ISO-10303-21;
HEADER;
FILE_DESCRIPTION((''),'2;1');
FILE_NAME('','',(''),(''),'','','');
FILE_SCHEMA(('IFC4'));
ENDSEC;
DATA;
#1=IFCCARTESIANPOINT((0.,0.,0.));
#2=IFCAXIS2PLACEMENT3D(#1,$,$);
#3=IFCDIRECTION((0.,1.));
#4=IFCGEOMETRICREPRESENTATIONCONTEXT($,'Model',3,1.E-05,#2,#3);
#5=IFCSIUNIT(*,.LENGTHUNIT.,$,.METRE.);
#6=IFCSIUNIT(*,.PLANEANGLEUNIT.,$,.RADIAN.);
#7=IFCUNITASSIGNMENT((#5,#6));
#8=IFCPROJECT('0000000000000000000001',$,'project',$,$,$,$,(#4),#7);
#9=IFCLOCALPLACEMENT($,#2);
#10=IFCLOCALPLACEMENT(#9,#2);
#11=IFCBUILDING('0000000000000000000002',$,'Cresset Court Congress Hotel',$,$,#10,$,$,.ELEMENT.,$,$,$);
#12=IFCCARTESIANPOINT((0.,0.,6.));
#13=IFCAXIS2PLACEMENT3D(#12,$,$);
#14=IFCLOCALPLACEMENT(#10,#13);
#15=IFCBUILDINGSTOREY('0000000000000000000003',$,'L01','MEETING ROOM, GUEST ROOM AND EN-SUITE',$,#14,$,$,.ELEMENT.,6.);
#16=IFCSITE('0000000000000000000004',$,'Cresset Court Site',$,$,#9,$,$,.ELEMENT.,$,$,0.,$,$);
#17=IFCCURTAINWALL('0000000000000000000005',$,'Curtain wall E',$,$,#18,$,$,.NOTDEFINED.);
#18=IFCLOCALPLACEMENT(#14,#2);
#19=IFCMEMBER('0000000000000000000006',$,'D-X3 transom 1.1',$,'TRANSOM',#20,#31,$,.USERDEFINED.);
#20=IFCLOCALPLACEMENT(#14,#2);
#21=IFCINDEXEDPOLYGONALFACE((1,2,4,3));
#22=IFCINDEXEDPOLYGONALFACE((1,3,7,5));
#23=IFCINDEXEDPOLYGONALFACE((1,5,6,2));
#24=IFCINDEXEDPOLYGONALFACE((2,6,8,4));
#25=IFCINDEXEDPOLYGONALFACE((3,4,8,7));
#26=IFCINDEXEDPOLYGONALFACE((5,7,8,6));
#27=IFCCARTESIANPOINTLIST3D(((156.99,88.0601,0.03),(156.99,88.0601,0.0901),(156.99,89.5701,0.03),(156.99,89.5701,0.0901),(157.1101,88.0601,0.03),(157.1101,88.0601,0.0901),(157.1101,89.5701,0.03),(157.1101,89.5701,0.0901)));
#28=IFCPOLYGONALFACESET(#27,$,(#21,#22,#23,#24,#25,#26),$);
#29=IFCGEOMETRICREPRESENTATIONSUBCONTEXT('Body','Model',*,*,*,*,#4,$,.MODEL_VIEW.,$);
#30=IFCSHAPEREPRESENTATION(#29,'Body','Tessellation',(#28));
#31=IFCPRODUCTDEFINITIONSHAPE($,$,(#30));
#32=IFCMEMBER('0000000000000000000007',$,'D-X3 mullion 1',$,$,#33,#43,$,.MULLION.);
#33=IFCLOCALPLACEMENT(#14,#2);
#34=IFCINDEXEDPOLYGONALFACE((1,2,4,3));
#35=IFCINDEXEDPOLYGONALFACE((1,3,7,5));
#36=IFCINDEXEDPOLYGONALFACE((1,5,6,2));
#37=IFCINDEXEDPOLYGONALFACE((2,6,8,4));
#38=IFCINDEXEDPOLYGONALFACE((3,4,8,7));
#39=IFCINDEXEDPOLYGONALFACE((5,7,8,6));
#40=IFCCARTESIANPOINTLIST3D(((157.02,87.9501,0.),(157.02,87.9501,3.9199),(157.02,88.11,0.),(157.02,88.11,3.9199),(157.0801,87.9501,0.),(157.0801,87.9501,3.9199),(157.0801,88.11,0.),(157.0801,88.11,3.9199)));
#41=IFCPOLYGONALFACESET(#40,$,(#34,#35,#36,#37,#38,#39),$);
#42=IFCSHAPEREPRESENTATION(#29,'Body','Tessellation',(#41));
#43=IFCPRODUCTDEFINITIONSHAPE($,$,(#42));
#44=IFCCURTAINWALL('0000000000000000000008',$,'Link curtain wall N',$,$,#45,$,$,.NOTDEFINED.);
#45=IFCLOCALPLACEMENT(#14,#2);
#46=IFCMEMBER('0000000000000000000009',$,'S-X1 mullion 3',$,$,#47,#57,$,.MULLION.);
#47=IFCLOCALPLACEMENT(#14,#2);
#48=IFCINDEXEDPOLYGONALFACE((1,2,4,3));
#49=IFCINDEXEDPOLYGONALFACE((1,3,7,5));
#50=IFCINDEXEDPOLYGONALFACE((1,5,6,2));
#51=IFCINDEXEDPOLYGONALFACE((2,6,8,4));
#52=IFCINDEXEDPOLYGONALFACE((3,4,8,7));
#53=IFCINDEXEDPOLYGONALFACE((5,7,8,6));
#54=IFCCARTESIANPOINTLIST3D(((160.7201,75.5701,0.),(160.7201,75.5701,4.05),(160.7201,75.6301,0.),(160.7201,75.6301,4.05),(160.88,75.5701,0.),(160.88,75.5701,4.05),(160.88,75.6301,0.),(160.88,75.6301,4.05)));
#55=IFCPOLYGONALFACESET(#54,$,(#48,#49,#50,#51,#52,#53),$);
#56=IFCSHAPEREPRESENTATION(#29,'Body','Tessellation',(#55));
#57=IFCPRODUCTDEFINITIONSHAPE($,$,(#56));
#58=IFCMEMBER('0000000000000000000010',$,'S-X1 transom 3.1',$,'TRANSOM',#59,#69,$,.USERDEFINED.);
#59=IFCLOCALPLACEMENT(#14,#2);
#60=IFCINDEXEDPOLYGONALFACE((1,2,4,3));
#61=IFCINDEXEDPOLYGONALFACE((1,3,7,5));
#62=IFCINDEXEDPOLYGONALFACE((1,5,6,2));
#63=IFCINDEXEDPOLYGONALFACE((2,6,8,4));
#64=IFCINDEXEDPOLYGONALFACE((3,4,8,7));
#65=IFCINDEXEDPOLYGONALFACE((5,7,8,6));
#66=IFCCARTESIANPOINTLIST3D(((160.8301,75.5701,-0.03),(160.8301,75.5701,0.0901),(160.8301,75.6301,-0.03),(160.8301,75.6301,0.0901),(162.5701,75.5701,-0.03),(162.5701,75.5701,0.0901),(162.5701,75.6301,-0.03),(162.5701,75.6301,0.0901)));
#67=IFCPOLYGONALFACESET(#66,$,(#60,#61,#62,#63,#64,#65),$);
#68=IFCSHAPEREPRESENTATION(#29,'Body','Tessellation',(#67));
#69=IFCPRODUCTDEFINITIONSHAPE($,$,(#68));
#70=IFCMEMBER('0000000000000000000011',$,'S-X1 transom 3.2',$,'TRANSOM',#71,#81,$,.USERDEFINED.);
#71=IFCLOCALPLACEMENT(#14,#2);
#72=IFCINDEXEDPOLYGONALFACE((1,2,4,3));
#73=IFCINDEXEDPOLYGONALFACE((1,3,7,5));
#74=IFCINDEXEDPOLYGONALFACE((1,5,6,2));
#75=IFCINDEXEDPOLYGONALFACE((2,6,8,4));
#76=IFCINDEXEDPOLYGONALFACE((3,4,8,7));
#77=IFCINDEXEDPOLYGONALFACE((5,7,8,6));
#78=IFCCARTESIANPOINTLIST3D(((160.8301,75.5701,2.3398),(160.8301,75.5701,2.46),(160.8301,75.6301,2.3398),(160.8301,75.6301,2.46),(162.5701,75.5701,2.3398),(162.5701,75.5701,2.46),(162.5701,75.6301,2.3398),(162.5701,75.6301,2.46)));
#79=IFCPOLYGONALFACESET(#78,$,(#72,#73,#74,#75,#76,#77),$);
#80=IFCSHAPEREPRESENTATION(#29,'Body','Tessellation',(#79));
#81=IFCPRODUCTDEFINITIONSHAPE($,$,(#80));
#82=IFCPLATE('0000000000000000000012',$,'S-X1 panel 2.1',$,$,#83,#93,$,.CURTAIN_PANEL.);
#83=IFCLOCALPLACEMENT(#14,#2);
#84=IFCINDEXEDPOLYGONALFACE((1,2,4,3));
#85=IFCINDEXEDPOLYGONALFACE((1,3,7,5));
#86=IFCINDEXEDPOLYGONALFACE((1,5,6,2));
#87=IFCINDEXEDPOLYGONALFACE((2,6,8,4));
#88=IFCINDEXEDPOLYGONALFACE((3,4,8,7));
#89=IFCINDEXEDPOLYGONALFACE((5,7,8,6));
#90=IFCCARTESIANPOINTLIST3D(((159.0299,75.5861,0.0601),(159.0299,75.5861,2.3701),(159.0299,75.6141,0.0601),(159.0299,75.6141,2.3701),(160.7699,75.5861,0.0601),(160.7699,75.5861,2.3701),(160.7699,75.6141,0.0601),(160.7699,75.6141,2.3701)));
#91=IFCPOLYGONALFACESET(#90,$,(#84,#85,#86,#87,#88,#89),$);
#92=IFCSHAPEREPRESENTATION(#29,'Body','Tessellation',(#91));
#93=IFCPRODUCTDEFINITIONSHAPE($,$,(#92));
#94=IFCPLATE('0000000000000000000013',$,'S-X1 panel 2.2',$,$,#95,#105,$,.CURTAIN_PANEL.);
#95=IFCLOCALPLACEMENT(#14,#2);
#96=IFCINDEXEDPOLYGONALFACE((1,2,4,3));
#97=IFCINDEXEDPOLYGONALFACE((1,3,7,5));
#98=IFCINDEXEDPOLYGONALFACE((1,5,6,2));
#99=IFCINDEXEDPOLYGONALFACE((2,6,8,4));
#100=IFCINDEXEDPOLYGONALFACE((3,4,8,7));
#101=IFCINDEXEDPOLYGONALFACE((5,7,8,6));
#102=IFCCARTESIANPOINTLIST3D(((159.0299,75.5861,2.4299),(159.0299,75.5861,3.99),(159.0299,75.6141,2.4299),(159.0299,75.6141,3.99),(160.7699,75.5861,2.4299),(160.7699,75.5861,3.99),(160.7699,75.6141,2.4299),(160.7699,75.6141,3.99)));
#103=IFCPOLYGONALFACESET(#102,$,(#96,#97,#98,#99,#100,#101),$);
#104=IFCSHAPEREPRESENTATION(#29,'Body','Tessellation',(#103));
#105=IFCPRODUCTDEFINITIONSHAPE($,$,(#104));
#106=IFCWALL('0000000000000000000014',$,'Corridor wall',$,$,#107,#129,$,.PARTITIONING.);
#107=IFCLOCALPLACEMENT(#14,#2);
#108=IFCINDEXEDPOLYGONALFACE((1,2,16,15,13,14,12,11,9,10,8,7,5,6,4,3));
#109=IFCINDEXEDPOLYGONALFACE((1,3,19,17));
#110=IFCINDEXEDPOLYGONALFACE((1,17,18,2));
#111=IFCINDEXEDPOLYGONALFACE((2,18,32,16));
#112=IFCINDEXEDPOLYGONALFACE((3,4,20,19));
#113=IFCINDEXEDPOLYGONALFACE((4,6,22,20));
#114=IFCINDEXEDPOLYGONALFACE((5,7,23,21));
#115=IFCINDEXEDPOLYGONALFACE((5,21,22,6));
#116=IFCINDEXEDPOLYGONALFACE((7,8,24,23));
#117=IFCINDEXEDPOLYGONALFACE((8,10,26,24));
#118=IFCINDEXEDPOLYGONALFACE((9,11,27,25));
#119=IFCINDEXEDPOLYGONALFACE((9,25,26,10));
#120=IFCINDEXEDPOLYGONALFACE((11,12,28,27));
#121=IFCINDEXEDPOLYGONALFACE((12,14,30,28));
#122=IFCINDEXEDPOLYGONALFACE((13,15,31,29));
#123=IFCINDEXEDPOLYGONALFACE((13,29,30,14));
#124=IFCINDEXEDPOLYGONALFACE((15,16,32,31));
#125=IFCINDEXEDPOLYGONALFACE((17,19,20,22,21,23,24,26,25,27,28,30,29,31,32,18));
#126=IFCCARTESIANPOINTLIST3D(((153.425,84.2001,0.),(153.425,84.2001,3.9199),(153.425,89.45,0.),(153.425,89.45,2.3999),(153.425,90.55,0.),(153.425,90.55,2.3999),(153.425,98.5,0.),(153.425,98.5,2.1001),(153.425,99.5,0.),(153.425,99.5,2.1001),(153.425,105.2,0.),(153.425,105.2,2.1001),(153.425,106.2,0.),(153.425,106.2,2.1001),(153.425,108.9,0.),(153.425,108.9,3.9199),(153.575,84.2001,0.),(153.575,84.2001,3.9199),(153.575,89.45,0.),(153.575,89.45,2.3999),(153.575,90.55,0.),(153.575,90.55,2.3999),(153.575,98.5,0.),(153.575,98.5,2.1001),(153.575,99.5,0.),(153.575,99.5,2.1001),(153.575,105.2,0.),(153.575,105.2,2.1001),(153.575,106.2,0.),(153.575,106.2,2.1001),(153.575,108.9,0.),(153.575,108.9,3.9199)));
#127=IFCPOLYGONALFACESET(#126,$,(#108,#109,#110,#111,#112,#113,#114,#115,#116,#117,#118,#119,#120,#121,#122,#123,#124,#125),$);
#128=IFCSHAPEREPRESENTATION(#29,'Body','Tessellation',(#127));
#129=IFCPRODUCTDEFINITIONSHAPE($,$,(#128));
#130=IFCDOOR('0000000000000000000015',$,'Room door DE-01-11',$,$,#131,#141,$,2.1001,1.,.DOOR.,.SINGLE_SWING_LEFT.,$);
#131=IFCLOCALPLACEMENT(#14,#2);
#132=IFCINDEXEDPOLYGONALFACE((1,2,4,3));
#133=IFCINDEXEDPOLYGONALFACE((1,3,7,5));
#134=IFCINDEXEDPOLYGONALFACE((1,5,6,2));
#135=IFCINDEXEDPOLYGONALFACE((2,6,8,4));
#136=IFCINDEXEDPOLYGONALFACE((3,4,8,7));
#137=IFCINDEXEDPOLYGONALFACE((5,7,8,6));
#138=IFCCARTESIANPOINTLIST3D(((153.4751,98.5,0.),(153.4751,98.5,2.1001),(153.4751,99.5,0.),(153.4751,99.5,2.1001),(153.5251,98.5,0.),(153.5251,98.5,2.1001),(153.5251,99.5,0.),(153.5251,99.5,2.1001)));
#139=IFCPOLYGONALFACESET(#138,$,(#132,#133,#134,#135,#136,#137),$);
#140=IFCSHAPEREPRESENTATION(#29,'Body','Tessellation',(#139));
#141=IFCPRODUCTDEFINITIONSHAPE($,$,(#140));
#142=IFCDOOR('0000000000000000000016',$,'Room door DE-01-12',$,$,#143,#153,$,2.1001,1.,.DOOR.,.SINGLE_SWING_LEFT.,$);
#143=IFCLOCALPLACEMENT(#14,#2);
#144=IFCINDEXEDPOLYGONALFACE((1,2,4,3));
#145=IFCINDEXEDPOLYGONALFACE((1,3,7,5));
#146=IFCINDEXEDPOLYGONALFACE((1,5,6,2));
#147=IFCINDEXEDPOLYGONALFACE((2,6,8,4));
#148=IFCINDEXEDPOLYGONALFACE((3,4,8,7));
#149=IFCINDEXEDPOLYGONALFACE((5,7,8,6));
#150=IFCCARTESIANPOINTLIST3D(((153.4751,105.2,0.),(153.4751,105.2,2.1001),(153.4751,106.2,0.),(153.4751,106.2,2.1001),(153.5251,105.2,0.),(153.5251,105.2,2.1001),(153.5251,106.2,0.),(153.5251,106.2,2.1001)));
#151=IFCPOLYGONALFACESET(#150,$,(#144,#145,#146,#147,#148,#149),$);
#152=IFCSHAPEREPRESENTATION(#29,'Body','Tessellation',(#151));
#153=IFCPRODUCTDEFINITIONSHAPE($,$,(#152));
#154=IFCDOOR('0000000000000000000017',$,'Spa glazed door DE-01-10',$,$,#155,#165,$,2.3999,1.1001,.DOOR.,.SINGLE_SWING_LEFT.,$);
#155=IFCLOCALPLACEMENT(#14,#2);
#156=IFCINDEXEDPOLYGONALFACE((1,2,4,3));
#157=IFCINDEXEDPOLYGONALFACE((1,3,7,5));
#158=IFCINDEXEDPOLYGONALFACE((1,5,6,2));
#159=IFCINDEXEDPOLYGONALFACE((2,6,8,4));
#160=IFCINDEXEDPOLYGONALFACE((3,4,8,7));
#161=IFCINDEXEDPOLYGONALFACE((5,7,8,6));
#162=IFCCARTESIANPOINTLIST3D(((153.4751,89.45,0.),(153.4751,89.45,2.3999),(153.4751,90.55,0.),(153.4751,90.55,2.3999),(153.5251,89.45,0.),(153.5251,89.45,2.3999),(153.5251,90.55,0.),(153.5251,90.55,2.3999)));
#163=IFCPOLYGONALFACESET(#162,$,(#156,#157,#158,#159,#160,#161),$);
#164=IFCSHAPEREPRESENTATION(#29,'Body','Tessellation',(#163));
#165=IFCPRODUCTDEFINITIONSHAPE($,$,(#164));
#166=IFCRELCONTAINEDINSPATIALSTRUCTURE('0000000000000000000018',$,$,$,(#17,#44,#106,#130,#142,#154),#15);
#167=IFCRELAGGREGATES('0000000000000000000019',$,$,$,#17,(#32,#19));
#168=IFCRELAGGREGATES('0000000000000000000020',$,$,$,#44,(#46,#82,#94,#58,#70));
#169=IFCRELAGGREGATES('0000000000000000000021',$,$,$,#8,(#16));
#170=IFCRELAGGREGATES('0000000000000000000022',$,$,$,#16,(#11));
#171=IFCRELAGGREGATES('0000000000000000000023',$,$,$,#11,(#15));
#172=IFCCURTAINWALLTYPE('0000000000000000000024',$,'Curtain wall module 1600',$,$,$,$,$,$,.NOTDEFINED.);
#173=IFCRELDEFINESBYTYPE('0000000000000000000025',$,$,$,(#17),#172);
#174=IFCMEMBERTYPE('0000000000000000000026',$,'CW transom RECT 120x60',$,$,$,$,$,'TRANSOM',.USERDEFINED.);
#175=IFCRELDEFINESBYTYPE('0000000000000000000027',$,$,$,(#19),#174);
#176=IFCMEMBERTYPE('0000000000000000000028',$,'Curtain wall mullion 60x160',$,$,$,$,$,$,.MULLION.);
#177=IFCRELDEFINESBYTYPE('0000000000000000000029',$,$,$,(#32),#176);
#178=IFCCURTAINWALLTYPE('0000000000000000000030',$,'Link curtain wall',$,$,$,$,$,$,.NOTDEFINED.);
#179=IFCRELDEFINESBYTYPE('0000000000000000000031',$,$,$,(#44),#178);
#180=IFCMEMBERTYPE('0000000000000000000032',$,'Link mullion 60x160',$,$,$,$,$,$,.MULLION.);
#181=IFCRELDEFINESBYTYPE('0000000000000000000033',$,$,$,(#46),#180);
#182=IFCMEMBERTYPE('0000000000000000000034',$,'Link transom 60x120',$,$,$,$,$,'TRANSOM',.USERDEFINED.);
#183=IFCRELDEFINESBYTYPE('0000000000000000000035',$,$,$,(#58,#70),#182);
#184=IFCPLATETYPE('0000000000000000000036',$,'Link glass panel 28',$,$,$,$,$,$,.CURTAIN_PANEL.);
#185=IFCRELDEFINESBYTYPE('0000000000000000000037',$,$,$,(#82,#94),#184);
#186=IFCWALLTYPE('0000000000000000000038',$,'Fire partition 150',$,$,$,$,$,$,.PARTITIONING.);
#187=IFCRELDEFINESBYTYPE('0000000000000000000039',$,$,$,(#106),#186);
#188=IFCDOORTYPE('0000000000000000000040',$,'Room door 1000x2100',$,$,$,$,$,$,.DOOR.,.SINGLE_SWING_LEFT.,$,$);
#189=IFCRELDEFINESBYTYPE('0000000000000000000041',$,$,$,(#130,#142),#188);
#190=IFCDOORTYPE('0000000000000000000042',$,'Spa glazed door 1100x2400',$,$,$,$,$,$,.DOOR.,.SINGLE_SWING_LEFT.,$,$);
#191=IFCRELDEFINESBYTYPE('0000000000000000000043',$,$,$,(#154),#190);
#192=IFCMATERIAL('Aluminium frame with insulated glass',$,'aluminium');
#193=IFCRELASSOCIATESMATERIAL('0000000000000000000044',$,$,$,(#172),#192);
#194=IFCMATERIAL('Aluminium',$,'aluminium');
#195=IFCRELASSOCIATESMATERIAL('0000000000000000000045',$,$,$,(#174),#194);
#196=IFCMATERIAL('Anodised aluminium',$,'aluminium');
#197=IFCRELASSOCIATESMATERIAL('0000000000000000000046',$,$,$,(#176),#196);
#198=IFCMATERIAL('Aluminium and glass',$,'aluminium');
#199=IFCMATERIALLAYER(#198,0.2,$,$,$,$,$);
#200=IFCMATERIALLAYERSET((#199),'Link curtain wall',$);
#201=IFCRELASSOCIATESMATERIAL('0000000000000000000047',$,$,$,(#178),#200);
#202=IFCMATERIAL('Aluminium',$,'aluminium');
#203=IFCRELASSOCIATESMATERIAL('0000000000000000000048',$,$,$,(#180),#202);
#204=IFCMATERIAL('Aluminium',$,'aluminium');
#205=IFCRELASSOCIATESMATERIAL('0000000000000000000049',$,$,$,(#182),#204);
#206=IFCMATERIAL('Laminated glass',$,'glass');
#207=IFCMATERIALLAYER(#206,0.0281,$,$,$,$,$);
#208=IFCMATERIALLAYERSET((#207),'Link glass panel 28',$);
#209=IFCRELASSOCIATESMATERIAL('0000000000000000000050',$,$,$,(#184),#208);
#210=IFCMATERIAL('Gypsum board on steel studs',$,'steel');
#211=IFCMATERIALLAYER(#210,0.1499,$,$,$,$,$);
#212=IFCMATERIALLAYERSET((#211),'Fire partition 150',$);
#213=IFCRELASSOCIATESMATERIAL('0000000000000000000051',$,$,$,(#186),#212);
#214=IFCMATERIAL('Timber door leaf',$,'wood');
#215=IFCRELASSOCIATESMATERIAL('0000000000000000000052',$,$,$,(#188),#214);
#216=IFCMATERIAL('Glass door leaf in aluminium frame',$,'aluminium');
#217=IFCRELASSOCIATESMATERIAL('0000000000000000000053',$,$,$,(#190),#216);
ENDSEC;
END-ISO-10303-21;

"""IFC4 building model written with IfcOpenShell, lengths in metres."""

from ifc_helpers import new_model, si_unit, direction, frame, frame_2d, origin, origin_2d, place, context, subcontext, project, spatial, rectangle, extrude, material, layer, layer_set, material_profile, profile_set, type_object, element, fill, aggregate, save


model = new_model("IFC4")

# Units and contexts
model_context = context("Model", 3, precision=1e-05, world=origin(), true_north=direction((0.0, 1.0)))
body_context = subcontext(model_context, "Body", "Model", "MODEL_VIEW")
ifc_project = project(units=[si_unit("LENGTHUNIT", "METRE"), si_unit("PLANEANGLEUNIT", "RADIAN")], contexts=[model_context])

# Site, building, storey
site_placement = place(None, origin())
site = spatial("IfcSite", under=ifc_project, at=site_placement, Name="Cresset Court Site", CompositionType="ELEMENT", RefElevation=0.0)
building_placement = place(site_placement, origin())
building = spatial("IfcBuilding", under=site, at=building_placement, Name="Cresset Court Congress Hotel", CompositionType="ELEMENT")
storey_placement = place(building_placement, frame((0.0, 0.0, 6.0)))
storey = spatial("IfcBuildingStorey", under=building, at=storey_placement, Name="L01", Description="MEETING ROOM, GUEST ROOM AND EN-SUITE", CompositionType="ELEMENT", Elevation=6.0)

# Curtain wall, members
ifc_material_1 = material(Name="Aluminium frame with insulated glass", Category="aluminium")
curtain_wall_type_1 = type_object("IfcCurtainWallType", Name="Curtain wall module 1600", PredefinedType="NOTDEFINED", material=ifc_material_1)
curtain_wall_1_placement = place(storey_placement, origin())
curtain_wall_1 = element("IfcCurtainWall", 1, at=curtain_wall_1_placement, inside=storey, type_object=curtain_wall_type_1, Name="Curtain wall E", PredefinedType="NOTDEFINED")
ifc_material_2 = material(Name="Aluminium", Category="aluminium")
ifc_material_profile_1 = material_profile(ifc_material_2, rectangle(XDim=0.1201, YDim=0.0601, at=origin_2d()), Name="AL 120x60")
ifc_profile_set_1 = profile_set([ifc_material_profile_1], Name="Aluminium")
member_type_1 = type_object("IfcMemberType", Name="CW transom RECT 120x60", ElementType="TRANSOM", PredefinedType="USERDEFINED", material=ifc_profile_set_1)
member_1_placement = place(storey_placement, frame((157.05, 88.0601, 0.0601), z_axis=(0.0, 1.0, 0.0), x_axis=(-1.0, 0.0, 0.0)))
member_1 = element("IfcMember", 2, at=member_1_placement, type_object=member_type_1, Name="D-X3 transom 1.1", ObjectType="TRANSOM", PredefinedType="USERDEFINED", context=body_context, shape_type="SweptSolid", body=[
    extrude(rectangle(XDim=0.1201, YDim=0.0601, at=origin_2d()), origin(), (0.0, 0.0, 1.0), 1.51),
])
ifc_material_3 = material(Name="Anodised aluminium", Category="aluminium")
ifc_material_profile_2 = material_profile(ifc_material_3, rectangle(XDim=0.0601, YDim=0.1599, at=origin_2d()), Name="AL60x160")
ifc_profile_set_2 = profile_set([ifc_material_profile_2], Name="Anodised aluminium")
member_type_2 = type_object("IfcMemberType", Name="Curtain wall mullion 60x160", PredefinedType="MULLION", material=ifc_profile_set_2)
member_2_placement = place(storey_placement, frame((157.05, 88.03, 0.0), z_axis=(0.0, 0.0, 1.0), x_axis=(-1.0, 0.0, 0.0)))
member_2 = element("IfcMember", 3, at=member_2_placement, type_object=member_type_2, Name="D-X3 mullion 1", PredefinedType="MULLION", context=body_context, shape_type="SweptSolid", body=[
    extrude(rectangle(XDim=0.0601, YDim=0.1599, at=origin_2d()), origin(), (0.0, 0.0, 1.0), 3.9199),
])
aggregate(curtain_wall_1, [member_2, member_1])

# Curtain wall, members, plates
ifc_material_4 = material(Name="Aluminium and glass", Category="aluminium")
ifc_layer_1 = layer(ifc_material_4, 0.2)
ifc_layer_set_1 = layer_set([ifc_layer_1], Name="Link curtain wall")
curtain_wall_type_2 = type_object("IfcCurtainWallType", Name="Link curtain wall", PredefinedType="NOTDEFINED", material=ifc_layer_set_1)
curtain_wall_2_placement = place(storey_placement, origin())
curtain_wall_2 = element("IfcCurtainWall", 4, at=curtain_wall_2_placement, inside=storey, type_object=curtain_wall_type_2, Name="Link curtain wall N", PredefinedType="NOTDEFINED")
ifc_material_5 = material(Name="Aluminium", Category="aluminium")
ifc_material_profile_3 = material_profile(ifc_material_5, rectangle(XDim=0.0601, YDim=0.1599, at=origin_2d()), Name="Mullion 60x160")
ifc_profile_set_3 = profile_set([ifc_material_profile_3], Name="Aluminium")
member_type_3 = type_object("IfcMemberType", Name="Link mullion 60x160", PredefinedType="MULLION", material=ifc_profile_set_3)
member_3_placement = place(storey_placement, frame((160.8, 75.6001, 0.0), z_axis=(0.0, 0.0, 1.0), x_axis=(0.0, 1.0, 0.0)))
member_3 = element("IfcMember", 5, at=member_3_placement, type_object=member_type_3, Name="S-X1 mullion 3", PredefinedType="MULLION", context=body_context, shape_type="SweptSolid", body=[
    extrude(rectangle(XDim=0.0601, YDim=0.1599, at=origin_2d()), origin(), (0.0, 0.0, 1.0), 4.05),
])
ifc_material_6 = material(Name="Aluminium", Category="aluminium")
ifc_material_profile_4 = material_profile(ifc_material_6, rectangle(XDim=0.0601, YDim=0.1201, at=origin_2d()), Name="Transom 60x120")
ifc_profile_set_4 = profile_set([ifc_material_profile_4], Name="Aluminium")
member_type_4 = type_object("IfcMemberType", Name="Link transom 60x120", ElementType="TRANSOM", PredefinedType="USERDEFINED", material=ifc_profile_set_4)
member_4_placement = place(storey_placement, frame((160.8301, 75.6001, 0.03), z_axis=(1.0, 0.0, 0.0), x_axis=(0.0, 1.0, 0.0)))
member_4 = element("IfcMember", 6, at=member_4_placement, type_object=member_type_4, Name="S-X1 transom 3.1", ObjectType="TRANSOM", PredefinedType="USERDEFINED", context=body_context, shape_type="SweptSolid", body=[
    extrude(rectangle(XDim=0.0601, YDim=0.1201, at=origin_2d()), origin(), (0.0, 0.0, 1.0), 1.74),
])
member_5_placement = place(storey_placement, frame((160.8301, 75.6001, 2.3999), z_axis=(1.0, 0.0, 0.0), x_axis=(0.0, 1.0, 0.0)))
member_5 = element("IfcMember", 7, at=member_5_placement, type_object=member_type_4, Name="S-X1 transom 3.2", ObjectType="TRANSOM", PredefinedType="USERDEFINED", context=body_context, shape_type="SweptSolid", body=[
    extrude(rectangle(XDim=0.0601, YDim=0.1201, at=origin_2d()), origin(), (0.0, 0.0, 1.0), 1.74),
])
ifc_material_7 = material(Name="Laminated glass", Category="glass")
ifc_layer_2 = layer(ifc_material_7, 0.0281)
ifc_layer_set_2 = layer_set([ifc_layer_2], Name="Link glass panel 28")
plate_type = type_object("IfcPlateType", Name="Link glass panel 28", PredefinedType="CURTAIN_PANEL", material=ifc_layer_set_2)
plate_1_placement = place(storey_placement, frame((159.8999, 75.6001, 0.0601), z_axis=(0.0, 0.0, 1.0), x_axis=(1.0, 0.0, 0.0)))
plate_1 = element("IfcPlate", 8, at=plate_1_placement, type_object=plate_type, Name="S-X1 panel 2.1", PredefinedType="CURTAIN_PANEL", context=body_context, shape_type="SweptSolid", body=[
    extrude(rectangle(XDim=1.74, YDim=0.0281, at=origin_2d()), origin(), (0.0, 0.0, 1.0), 2.3101),
])
plate_2_placement = place(storey_placement, frame((159.8999, 75.6001, 2.4299), z_axis=(0.0, 0.0, 1.0), x_axis=(1.0, 0.0, 0.0)))
plate_2 = element("IfcPlate", 9, at=plate_2_placement, type_object=plate_type, Name="S-X1 panel 2.2", PredefinedType="CURTAIN_PANEL", context=body_context, shape_type="SweptSolid", body=[
    extrude(rectangle(XDim=1.74, YDim=0.0281, at=origin_2d()), origin(), (0.0, 0.0, 1.0), 1.5601),
])
aggregate(curtain_wall_2, [member_3, plate_1, plate_2, member_4, member_5])

# Wall, openings, doors
ifc_material_8 = material(Name="Gypsum board on steel studs", Category="steel")
ifc_layer_3 = layer(ifc_material_8, 0.1499)
ifc_layer_set_3 = layer_set([ifc_layer_3], Name="Fire partition 150")
wall_type_1 = type_object("IfcWallType", Name="Fire partition 150", PredefinedType="PARTITIONING", material=ifc_layer_set_3)
wall_1_placement = place(storey_placement, frame((153.5, 84.2, 0.0), z_axis=(0.0, 0.0, 1.0), x_axis=(0.0, 1.0, 0.0)))
wall_1 = element("IfcWall", 10, at=wall_1_placement, inside=storey, type_object=wall_type_1, Name="Corridor wall", PredefinedType="PARTITIONING", context=body_context, shape_type="SweptSolid", body=[
    extrude(rectangle(XDim=24.7, YDim=0.1499, at=frame_2d((12.3501, 0.0))), origin(), (0.0, 0.0, 1.0), 3.9199),
])
opening_1_placement = place(wall_1_placement, frame((5.25, 0.0, 0.0)))
opening_1 = element("IfcOpeningElement", 11, at=opening_1_placement, cuts=wall_1, PredefinedType="OPENING", context=body_context, shape_type="SweptSolid", body=[
    extrude(rectangle(XDim=1.1001, YDim=2.3999, at=frame_2d((0.55, 1.2))), frame((0.0, 0.085, 0.0), z_axis=(0.0, -1.0, 0.0), x_axis=(1.0, 0.0, 0.0)), (0.0, 0.0, 1.0), 0.1699),
])
opening_2_placement = place(wall_1_placement, frame((14.3, 0.0, 0.0)))
opening_2 = element("IfcOpeningElement", 12, at=opening_2_placement, cuts=wall_1, PredefinedType="OPENING", context=body_context, shape_type="SweptSolid", body=[
    extrude(rectangle(XDim=1.0, YDim=2.1001, at=frame_2d((0.5, 1.05))), frame((0.0, 0.085, 0.0), z_axis=(0.0, -1.0, 0.0), x_axis=(1.0, 0.0, 0.0)), (0.0, 0.0, 1.0), 0.1699),
])
opening_3_placement = place(wall_1_placement, frame((21.0, 0.0, 0.0)))
opening_3 = element("IfcOpeningElement", 13, at=opening_3_placement, cuts=wall_1, PredefinedType="OPENING", context=body_context, shape_type="SweptSolid", body=[
    extrude(rectangle(XDim=1.0, YDim=2.1001, at=frame_2d((0.5, 1.05))), frame((0.0, 0.085, 0.0), z_axis=(0.0, -1.0, 0.0), x_axis=(1.0, 0.0, 0.0)), (0.0, 0.0, 1.0), 0.1699),
])
ifc_material_9 = material(Name="Timber door leaf", Category="wood")
door_type_1 = type_object("IfcDoorType", Name="Room door 1000x2100", OperationType="SINGLE_SWING_LEFT", PredefinedType="DOOR", material=ifc_material_9)
door_1_placement = place(opening_2_placement, origin())
door_1 = element("IfcDoor", 14, at=door_1_placement, inside=storey, type_object=door_type_1, Name="Room door DE-01-11", OperationType="SINGLE_SWING_LEFT", OverallHeight=2.1001, OverallWidth=1.0, PredefinedType="DOOR", context=body_context, shape_type="SweptSolid", body=[
    extrude(rectangle(XDim=1.0, YDim=2.1001, at=frame_2d((0.5, 1.05))), frame((0.0, 0.0249, 0.0), z_axis=(0.0, -1.0, 0.0), x_axis=(1.0, 0.0, 0.0)), (0.0, 0.0, 1.0), 0.05),
])
fill(opening_2, door_1)
door_2_placement = place(opening_3_placement, origin())
door_2 = element("IfcDoor", 15, at=door_2_placement, inside=storey, type_object=door_type_1, Name="Room door DE-01-12", OperationType="SINGLE_SWING_LEFT", OverallHeight=2.1001, OverallWidth=1.0, PredefinedType="DOOR", context=body_context, shape_type="SweptSolid", body=[
    extrude(rectangle(XDim=1.0, YDim=2.1001, at=frame_2d((0.5, 1.05))), frame((0.0, 0.0249, 0.0), z_axis=(0.0, -1.0, 0.0), x_axis=(1.0, 0.0, 0.0)), (0.0, 0.0, 1.0), 0.05),
])
fill(opening_3, door_2)
ifc_material_10 = material(Name="Glass door leaf in aluminium frame", Category="aluminium")
door_type_2 = type_object("IfcDoorType", Name="Spa glazed door 1100x2400", OperationType="SINGLE_SWING_LEFT", PredefinedType="DOOR", material=ifc_material_10)
door_3_placement = place(opening_1_placement, origin())
door_3 = element("IfcDoor", 16, at=door_3_placement, inside=storey, type_object=door_type_2, Name="Spa glazed door DE-01-10", OperationType="SINGLE_SWING_LEFT", OverallHeight=2.3999, OverallWidth=1.1001, PredefinedType="DOOR", context=body_context, shape_type="SweptSolid", body=[
    extrude(rectangle(XDim=1.1001, YDim=2.3999, at=frame_2d((0.55, 1.2))), frame((0.0, 0.0249, 0.0), z_axis=(0.0, -1.0, 0.0), x_axis=(1.0, 0.0, 0.0)), (0.0, 0.0, 1.0), 0.05),
])
fill(opening_1, door_3)

save(model, "model.ifc")
